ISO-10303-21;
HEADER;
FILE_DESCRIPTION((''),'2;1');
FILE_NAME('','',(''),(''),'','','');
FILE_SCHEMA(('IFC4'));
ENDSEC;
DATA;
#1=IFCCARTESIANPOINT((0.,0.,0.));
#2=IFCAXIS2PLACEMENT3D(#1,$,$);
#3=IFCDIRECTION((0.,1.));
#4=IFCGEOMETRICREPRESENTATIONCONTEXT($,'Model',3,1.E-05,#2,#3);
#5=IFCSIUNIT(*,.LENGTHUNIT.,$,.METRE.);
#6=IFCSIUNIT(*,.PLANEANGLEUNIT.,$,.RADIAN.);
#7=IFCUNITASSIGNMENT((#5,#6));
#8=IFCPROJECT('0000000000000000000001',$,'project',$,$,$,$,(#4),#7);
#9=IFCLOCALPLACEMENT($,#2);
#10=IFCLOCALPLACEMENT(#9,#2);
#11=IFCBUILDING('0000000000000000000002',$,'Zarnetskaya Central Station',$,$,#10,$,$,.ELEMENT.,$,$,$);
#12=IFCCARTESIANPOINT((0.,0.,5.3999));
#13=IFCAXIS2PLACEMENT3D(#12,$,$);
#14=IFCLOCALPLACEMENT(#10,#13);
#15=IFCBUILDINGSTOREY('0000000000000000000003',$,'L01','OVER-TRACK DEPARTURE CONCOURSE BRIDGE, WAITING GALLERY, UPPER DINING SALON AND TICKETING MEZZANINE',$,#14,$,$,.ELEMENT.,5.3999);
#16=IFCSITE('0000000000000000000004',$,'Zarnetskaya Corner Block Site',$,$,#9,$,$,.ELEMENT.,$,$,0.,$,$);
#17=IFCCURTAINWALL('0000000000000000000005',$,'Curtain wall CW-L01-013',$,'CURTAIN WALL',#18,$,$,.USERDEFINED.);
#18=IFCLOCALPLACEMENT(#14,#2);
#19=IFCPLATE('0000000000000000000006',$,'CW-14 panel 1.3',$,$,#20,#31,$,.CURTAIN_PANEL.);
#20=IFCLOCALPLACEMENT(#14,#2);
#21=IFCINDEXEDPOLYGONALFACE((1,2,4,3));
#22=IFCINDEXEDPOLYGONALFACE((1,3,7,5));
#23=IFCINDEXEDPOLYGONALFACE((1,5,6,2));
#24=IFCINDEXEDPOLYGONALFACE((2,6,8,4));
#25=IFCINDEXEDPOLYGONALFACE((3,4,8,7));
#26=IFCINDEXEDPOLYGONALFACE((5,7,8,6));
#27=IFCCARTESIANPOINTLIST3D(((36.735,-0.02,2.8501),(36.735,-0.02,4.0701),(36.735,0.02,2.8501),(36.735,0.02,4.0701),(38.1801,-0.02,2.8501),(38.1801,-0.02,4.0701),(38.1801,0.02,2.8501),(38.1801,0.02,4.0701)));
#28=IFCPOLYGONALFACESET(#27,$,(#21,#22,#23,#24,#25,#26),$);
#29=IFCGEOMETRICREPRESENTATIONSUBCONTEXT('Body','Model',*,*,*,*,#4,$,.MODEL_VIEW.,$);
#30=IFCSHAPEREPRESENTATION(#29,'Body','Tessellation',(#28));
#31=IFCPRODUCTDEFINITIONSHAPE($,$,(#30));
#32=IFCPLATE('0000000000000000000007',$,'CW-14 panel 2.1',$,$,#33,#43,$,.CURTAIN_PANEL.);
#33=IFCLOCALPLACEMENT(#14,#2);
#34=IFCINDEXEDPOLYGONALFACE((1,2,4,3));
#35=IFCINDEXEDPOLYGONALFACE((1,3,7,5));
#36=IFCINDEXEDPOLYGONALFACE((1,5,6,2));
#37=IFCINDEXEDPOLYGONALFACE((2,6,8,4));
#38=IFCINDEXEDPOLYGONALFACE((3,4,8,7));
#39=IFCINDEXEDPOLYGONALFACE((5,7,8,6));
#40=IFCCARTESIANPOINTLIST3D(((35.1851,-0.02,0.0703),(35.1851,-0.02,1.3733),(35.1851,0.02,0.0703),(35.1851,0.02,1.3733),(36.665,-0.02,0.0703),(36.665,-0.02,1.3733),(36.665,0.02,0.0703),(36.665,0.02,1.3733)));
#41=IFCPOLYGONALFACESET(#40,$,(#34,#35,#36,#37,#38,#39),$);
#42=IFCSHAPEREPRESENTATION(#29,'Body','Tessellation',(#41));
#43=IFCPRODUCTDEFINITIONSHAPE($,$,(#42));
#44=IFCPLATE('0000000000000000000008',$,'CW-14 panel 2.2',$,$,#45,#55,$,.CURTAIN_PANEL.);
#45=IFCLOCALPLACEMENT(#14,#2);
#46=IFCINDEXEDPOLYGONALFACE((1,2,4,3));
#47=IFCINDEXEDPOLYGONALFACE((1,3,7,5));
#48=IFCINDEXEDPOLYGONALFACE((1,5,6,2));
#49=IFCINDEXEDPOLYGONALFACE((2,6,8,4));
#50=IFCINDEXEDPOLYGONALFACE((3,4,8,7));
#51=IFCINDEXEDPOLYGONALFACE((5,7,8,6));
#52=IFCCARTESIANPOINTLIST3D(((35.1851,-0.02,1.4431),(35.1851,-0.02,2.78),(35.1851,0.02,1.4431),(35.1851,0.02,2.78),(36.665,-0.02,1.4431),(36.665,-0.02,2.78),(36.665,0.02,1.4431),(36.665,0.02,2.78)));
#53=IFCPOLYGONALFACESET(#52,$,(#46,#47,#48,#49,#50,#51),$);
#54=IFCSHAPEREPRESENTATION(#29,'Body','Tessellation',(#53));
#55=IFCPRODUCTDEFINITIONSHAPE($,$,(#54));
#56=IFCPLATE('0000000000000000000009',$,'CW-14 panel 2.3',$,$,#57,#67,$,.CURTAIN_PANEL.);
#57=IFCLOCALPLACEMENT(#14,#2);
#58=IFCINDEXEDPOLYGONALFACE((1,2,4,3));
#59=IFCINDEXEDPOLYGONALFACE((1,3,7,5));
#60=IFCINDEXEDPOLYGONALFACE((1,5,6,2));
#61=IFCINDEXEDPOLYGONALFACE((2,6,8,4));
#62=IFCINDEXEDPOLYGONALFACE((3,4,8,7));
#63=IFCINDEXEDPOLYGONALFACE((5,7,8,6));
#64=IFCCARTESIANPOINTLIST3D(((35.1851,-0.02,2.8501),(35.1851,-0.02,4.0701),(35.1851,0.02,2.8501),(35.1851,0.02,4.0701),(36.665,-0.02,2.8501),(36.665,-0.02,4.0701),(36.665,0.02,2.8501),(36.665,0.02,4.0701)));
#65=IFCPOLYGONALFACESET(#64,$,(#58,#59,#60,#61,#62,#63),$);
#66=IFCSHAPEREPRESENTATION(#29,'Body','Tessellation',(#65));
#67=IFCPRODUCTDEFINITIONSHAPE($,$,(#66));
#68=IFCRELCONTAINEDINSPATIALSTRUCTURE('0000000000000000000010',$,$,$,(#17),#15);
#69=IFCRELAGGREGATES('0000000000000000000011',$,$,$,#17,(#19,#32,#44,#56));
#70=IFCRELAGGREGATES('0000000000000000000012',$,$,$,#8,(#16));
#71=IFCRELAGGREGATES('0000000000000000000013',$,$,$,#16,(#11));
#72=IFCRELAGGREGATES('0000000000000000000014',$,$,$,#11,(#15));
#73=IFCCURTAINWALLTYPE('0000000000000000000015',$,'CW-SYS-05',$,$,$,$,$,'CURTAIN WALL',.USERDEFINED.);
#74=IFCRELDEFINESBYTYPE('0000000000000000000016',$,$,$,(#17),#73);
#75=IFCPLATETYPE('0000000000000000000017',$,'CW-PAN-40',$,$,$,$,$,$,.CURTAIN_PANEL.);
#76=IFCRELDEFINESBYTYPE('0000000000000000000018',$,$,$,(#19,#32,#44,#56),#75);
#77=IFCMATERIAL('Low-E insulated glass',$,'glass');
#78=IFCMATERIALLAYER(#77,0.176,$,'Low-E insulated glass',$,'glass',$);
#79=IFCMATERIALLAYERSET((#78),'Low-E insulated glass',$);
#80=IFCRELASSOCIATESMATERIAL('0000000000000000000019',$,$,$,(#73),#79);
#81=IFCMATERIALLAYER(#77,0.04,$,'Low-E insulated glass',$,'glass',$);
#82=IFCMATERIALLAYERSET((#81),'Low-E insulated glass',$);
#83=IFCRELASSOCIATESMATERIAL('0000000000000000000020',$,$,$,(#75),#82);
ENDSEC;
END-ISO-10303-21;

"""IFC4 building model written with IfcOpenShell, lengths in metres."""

from ifc_helpers import new_model, si_unit, direction, frame, origin, origin_2d, place, context, subcontext, project, spatial, rectangle, extrude, material, layer, layer_set, type_object, element, aggregate, save


model = new_model("IFC4")

# Units and contexts
model_context = context("Model", 3, precision=1e-05, world=origin(), true_north=direction((0.0, 1.0)))
body_context = subcontext(model_context, "Body", "Model", "MODEL_VIEW")
ifc_project = project(units=[si_unit("LENGTHUNIT", "METRE"), si_unit("PLANEANGLEUNIT", "RADIAN")], contexts=[model_context])

# Site, building, storey
site_placement = place(None, origin())
site = spatial("IfcSite", under=ifc_project, at=site_placement, Name="Zarnetskaya Corner Block Site", CompositionType="ELEMENT", RefElevation=0.0)
building_placement = place(site_placement, origin())
building = spatial("IfcBuilding", under=site, at=building_placement, Name="Zarnetskaya Central Station", CompositionType="ELEMENT")
storey_placement = place(building_placement, frame((0.0, 0.0, 5.3999)))
storey = spatial("IfcBuildingStorey", under=building, at=storey_placement, Name="L01", Description="OVER-TRACK DEPARTURE CONCOURSE BRIDGE, WAITING GALLERY, UPPER DINING SALON AND TICKETING MEZZANINE", CompositionType="ELEMENT", Elevation=5.3999)

# Curtain wall, plates
ifc_material_1 = material(Name="Low-E insulated glass", Category="glass")
ifc_layer_1 = layer(ifc_material_1, 0.176, Name="Low-E insulated glass", Category="glass")
ifc_layer_set_1 = layer_set([ifc_layer_1], Name="Low-E insulated glass")
curtain_wall_type = type_object("IfcCurtainWallType", Name="CW-SYS-05", ElementType="CURTAIN WALL", PredefinedType="USERDEFINED", material=ifc_layer_set_1)
curtain_wall_placement = place(storey_placement, origin())
curtain_wall = element("IfcCurtainWall", 1, at=curtain_wall_placement, inside=storey, type_object=curtain_wall_type, Name="Curtain wall CW-L01-013", ObjectType="CURTAIN WALL", PredefinedType="USERDEFINED")
ifc_layer_2 = layer(ifc_material_1, 0.04, Name="Low-E insulated glass", Category="glass")
ifc_layer_set_2 = layer_set([ifc_layer_2], Name="Low-E insulated glass")
plate_type = type_object("IfcPlateType", Name="CW-PAN-40", PredefinedType="CURTAIN_PANEL", material=ifc_layer_set_2)
plate_1_placement = place(storey_placement, frame((37.4575, 0.0, 2.8501), z_axis=(0.0, 0.0, 1.0), x_axis=(-1.0, 0.0, 0.0)))
plate_1 = element("IfcPlate", 2, at=plate_1_placement, type_object=plate_type, Name="CW-14 panel 1.3", PredefinedType="CURTAIN_PANEL", context=body_context, shape_type="SweptSolid", body=[
    extrude(rectangle(XDim=1.4451, YDim=0.04, at=origin_2d()), origin(), (0.0, 0.0, 1.0), 1.22),
])
plate_2_placement = place(storey_placement, frame((35.925, 0.0, 0.0703), z_axis=(0.0, 0.0, 1.0), x_axis=(-1.0, 0.0, 0.0)))
plate_2 = element("IfcPlate", 3, at=plate_2_placement, type_object=plate_type, Name="CW-14 panel 2.1", PredefinedType="CURTAIN_PANEL", context=body_context, shape_type="SweptSolid", body=[
    extrude(rectangle(XDim=1.48, YDim=0.04, at=origin_2d()), origin(), (0.0, 0.0, 1.0), 1.303),
])
plate_3_placement = place(storey_placement, frame((35.925, 0.0, 1.4431), z_axis=(0.0, 0.0, 1.0), x_axis=(-1.0, 0.0, 0.0)))
plate_3 = element("IfcPlate", 4, at=plate_3_placement, type_object=plate_type, Name="CW-14 panel 2.2", PredefinedType="CURTAIN_PANEL", context=body_context, shape_type="SweptSolid", body=[
    extrude(rectangle(XDim=1.48, YDim=0.04, at=origin_2d()), origin(), (0.0, 0.0, 1.0), 1.3369),
])
plate_4_placement = place(storey_placement, frame((35.925, 0.0, 2.8501), z_axis=(0.0, 0.0, 1.0), x_axis=(-1.0, 0.0, 0.0)))
plate_4 = element("IfcPlate", 5, at=plate_4_placement, type_object=plate_type, Name="CW-14 panel 2.3", PredefinedType="CURTAIN_PANEL", context=body_context, shape_type="SweptSolid", body=[
    extrude(rectangle(XDim=1.48, YDim=0.04, at=origin_2d()), origin(), (0.0, 0.0, 1.0), 1.22),
])
aggregate(curtain_wall, [plate_1, plate_2, plate_3, plate_4])

save(model, "model.ifc")
